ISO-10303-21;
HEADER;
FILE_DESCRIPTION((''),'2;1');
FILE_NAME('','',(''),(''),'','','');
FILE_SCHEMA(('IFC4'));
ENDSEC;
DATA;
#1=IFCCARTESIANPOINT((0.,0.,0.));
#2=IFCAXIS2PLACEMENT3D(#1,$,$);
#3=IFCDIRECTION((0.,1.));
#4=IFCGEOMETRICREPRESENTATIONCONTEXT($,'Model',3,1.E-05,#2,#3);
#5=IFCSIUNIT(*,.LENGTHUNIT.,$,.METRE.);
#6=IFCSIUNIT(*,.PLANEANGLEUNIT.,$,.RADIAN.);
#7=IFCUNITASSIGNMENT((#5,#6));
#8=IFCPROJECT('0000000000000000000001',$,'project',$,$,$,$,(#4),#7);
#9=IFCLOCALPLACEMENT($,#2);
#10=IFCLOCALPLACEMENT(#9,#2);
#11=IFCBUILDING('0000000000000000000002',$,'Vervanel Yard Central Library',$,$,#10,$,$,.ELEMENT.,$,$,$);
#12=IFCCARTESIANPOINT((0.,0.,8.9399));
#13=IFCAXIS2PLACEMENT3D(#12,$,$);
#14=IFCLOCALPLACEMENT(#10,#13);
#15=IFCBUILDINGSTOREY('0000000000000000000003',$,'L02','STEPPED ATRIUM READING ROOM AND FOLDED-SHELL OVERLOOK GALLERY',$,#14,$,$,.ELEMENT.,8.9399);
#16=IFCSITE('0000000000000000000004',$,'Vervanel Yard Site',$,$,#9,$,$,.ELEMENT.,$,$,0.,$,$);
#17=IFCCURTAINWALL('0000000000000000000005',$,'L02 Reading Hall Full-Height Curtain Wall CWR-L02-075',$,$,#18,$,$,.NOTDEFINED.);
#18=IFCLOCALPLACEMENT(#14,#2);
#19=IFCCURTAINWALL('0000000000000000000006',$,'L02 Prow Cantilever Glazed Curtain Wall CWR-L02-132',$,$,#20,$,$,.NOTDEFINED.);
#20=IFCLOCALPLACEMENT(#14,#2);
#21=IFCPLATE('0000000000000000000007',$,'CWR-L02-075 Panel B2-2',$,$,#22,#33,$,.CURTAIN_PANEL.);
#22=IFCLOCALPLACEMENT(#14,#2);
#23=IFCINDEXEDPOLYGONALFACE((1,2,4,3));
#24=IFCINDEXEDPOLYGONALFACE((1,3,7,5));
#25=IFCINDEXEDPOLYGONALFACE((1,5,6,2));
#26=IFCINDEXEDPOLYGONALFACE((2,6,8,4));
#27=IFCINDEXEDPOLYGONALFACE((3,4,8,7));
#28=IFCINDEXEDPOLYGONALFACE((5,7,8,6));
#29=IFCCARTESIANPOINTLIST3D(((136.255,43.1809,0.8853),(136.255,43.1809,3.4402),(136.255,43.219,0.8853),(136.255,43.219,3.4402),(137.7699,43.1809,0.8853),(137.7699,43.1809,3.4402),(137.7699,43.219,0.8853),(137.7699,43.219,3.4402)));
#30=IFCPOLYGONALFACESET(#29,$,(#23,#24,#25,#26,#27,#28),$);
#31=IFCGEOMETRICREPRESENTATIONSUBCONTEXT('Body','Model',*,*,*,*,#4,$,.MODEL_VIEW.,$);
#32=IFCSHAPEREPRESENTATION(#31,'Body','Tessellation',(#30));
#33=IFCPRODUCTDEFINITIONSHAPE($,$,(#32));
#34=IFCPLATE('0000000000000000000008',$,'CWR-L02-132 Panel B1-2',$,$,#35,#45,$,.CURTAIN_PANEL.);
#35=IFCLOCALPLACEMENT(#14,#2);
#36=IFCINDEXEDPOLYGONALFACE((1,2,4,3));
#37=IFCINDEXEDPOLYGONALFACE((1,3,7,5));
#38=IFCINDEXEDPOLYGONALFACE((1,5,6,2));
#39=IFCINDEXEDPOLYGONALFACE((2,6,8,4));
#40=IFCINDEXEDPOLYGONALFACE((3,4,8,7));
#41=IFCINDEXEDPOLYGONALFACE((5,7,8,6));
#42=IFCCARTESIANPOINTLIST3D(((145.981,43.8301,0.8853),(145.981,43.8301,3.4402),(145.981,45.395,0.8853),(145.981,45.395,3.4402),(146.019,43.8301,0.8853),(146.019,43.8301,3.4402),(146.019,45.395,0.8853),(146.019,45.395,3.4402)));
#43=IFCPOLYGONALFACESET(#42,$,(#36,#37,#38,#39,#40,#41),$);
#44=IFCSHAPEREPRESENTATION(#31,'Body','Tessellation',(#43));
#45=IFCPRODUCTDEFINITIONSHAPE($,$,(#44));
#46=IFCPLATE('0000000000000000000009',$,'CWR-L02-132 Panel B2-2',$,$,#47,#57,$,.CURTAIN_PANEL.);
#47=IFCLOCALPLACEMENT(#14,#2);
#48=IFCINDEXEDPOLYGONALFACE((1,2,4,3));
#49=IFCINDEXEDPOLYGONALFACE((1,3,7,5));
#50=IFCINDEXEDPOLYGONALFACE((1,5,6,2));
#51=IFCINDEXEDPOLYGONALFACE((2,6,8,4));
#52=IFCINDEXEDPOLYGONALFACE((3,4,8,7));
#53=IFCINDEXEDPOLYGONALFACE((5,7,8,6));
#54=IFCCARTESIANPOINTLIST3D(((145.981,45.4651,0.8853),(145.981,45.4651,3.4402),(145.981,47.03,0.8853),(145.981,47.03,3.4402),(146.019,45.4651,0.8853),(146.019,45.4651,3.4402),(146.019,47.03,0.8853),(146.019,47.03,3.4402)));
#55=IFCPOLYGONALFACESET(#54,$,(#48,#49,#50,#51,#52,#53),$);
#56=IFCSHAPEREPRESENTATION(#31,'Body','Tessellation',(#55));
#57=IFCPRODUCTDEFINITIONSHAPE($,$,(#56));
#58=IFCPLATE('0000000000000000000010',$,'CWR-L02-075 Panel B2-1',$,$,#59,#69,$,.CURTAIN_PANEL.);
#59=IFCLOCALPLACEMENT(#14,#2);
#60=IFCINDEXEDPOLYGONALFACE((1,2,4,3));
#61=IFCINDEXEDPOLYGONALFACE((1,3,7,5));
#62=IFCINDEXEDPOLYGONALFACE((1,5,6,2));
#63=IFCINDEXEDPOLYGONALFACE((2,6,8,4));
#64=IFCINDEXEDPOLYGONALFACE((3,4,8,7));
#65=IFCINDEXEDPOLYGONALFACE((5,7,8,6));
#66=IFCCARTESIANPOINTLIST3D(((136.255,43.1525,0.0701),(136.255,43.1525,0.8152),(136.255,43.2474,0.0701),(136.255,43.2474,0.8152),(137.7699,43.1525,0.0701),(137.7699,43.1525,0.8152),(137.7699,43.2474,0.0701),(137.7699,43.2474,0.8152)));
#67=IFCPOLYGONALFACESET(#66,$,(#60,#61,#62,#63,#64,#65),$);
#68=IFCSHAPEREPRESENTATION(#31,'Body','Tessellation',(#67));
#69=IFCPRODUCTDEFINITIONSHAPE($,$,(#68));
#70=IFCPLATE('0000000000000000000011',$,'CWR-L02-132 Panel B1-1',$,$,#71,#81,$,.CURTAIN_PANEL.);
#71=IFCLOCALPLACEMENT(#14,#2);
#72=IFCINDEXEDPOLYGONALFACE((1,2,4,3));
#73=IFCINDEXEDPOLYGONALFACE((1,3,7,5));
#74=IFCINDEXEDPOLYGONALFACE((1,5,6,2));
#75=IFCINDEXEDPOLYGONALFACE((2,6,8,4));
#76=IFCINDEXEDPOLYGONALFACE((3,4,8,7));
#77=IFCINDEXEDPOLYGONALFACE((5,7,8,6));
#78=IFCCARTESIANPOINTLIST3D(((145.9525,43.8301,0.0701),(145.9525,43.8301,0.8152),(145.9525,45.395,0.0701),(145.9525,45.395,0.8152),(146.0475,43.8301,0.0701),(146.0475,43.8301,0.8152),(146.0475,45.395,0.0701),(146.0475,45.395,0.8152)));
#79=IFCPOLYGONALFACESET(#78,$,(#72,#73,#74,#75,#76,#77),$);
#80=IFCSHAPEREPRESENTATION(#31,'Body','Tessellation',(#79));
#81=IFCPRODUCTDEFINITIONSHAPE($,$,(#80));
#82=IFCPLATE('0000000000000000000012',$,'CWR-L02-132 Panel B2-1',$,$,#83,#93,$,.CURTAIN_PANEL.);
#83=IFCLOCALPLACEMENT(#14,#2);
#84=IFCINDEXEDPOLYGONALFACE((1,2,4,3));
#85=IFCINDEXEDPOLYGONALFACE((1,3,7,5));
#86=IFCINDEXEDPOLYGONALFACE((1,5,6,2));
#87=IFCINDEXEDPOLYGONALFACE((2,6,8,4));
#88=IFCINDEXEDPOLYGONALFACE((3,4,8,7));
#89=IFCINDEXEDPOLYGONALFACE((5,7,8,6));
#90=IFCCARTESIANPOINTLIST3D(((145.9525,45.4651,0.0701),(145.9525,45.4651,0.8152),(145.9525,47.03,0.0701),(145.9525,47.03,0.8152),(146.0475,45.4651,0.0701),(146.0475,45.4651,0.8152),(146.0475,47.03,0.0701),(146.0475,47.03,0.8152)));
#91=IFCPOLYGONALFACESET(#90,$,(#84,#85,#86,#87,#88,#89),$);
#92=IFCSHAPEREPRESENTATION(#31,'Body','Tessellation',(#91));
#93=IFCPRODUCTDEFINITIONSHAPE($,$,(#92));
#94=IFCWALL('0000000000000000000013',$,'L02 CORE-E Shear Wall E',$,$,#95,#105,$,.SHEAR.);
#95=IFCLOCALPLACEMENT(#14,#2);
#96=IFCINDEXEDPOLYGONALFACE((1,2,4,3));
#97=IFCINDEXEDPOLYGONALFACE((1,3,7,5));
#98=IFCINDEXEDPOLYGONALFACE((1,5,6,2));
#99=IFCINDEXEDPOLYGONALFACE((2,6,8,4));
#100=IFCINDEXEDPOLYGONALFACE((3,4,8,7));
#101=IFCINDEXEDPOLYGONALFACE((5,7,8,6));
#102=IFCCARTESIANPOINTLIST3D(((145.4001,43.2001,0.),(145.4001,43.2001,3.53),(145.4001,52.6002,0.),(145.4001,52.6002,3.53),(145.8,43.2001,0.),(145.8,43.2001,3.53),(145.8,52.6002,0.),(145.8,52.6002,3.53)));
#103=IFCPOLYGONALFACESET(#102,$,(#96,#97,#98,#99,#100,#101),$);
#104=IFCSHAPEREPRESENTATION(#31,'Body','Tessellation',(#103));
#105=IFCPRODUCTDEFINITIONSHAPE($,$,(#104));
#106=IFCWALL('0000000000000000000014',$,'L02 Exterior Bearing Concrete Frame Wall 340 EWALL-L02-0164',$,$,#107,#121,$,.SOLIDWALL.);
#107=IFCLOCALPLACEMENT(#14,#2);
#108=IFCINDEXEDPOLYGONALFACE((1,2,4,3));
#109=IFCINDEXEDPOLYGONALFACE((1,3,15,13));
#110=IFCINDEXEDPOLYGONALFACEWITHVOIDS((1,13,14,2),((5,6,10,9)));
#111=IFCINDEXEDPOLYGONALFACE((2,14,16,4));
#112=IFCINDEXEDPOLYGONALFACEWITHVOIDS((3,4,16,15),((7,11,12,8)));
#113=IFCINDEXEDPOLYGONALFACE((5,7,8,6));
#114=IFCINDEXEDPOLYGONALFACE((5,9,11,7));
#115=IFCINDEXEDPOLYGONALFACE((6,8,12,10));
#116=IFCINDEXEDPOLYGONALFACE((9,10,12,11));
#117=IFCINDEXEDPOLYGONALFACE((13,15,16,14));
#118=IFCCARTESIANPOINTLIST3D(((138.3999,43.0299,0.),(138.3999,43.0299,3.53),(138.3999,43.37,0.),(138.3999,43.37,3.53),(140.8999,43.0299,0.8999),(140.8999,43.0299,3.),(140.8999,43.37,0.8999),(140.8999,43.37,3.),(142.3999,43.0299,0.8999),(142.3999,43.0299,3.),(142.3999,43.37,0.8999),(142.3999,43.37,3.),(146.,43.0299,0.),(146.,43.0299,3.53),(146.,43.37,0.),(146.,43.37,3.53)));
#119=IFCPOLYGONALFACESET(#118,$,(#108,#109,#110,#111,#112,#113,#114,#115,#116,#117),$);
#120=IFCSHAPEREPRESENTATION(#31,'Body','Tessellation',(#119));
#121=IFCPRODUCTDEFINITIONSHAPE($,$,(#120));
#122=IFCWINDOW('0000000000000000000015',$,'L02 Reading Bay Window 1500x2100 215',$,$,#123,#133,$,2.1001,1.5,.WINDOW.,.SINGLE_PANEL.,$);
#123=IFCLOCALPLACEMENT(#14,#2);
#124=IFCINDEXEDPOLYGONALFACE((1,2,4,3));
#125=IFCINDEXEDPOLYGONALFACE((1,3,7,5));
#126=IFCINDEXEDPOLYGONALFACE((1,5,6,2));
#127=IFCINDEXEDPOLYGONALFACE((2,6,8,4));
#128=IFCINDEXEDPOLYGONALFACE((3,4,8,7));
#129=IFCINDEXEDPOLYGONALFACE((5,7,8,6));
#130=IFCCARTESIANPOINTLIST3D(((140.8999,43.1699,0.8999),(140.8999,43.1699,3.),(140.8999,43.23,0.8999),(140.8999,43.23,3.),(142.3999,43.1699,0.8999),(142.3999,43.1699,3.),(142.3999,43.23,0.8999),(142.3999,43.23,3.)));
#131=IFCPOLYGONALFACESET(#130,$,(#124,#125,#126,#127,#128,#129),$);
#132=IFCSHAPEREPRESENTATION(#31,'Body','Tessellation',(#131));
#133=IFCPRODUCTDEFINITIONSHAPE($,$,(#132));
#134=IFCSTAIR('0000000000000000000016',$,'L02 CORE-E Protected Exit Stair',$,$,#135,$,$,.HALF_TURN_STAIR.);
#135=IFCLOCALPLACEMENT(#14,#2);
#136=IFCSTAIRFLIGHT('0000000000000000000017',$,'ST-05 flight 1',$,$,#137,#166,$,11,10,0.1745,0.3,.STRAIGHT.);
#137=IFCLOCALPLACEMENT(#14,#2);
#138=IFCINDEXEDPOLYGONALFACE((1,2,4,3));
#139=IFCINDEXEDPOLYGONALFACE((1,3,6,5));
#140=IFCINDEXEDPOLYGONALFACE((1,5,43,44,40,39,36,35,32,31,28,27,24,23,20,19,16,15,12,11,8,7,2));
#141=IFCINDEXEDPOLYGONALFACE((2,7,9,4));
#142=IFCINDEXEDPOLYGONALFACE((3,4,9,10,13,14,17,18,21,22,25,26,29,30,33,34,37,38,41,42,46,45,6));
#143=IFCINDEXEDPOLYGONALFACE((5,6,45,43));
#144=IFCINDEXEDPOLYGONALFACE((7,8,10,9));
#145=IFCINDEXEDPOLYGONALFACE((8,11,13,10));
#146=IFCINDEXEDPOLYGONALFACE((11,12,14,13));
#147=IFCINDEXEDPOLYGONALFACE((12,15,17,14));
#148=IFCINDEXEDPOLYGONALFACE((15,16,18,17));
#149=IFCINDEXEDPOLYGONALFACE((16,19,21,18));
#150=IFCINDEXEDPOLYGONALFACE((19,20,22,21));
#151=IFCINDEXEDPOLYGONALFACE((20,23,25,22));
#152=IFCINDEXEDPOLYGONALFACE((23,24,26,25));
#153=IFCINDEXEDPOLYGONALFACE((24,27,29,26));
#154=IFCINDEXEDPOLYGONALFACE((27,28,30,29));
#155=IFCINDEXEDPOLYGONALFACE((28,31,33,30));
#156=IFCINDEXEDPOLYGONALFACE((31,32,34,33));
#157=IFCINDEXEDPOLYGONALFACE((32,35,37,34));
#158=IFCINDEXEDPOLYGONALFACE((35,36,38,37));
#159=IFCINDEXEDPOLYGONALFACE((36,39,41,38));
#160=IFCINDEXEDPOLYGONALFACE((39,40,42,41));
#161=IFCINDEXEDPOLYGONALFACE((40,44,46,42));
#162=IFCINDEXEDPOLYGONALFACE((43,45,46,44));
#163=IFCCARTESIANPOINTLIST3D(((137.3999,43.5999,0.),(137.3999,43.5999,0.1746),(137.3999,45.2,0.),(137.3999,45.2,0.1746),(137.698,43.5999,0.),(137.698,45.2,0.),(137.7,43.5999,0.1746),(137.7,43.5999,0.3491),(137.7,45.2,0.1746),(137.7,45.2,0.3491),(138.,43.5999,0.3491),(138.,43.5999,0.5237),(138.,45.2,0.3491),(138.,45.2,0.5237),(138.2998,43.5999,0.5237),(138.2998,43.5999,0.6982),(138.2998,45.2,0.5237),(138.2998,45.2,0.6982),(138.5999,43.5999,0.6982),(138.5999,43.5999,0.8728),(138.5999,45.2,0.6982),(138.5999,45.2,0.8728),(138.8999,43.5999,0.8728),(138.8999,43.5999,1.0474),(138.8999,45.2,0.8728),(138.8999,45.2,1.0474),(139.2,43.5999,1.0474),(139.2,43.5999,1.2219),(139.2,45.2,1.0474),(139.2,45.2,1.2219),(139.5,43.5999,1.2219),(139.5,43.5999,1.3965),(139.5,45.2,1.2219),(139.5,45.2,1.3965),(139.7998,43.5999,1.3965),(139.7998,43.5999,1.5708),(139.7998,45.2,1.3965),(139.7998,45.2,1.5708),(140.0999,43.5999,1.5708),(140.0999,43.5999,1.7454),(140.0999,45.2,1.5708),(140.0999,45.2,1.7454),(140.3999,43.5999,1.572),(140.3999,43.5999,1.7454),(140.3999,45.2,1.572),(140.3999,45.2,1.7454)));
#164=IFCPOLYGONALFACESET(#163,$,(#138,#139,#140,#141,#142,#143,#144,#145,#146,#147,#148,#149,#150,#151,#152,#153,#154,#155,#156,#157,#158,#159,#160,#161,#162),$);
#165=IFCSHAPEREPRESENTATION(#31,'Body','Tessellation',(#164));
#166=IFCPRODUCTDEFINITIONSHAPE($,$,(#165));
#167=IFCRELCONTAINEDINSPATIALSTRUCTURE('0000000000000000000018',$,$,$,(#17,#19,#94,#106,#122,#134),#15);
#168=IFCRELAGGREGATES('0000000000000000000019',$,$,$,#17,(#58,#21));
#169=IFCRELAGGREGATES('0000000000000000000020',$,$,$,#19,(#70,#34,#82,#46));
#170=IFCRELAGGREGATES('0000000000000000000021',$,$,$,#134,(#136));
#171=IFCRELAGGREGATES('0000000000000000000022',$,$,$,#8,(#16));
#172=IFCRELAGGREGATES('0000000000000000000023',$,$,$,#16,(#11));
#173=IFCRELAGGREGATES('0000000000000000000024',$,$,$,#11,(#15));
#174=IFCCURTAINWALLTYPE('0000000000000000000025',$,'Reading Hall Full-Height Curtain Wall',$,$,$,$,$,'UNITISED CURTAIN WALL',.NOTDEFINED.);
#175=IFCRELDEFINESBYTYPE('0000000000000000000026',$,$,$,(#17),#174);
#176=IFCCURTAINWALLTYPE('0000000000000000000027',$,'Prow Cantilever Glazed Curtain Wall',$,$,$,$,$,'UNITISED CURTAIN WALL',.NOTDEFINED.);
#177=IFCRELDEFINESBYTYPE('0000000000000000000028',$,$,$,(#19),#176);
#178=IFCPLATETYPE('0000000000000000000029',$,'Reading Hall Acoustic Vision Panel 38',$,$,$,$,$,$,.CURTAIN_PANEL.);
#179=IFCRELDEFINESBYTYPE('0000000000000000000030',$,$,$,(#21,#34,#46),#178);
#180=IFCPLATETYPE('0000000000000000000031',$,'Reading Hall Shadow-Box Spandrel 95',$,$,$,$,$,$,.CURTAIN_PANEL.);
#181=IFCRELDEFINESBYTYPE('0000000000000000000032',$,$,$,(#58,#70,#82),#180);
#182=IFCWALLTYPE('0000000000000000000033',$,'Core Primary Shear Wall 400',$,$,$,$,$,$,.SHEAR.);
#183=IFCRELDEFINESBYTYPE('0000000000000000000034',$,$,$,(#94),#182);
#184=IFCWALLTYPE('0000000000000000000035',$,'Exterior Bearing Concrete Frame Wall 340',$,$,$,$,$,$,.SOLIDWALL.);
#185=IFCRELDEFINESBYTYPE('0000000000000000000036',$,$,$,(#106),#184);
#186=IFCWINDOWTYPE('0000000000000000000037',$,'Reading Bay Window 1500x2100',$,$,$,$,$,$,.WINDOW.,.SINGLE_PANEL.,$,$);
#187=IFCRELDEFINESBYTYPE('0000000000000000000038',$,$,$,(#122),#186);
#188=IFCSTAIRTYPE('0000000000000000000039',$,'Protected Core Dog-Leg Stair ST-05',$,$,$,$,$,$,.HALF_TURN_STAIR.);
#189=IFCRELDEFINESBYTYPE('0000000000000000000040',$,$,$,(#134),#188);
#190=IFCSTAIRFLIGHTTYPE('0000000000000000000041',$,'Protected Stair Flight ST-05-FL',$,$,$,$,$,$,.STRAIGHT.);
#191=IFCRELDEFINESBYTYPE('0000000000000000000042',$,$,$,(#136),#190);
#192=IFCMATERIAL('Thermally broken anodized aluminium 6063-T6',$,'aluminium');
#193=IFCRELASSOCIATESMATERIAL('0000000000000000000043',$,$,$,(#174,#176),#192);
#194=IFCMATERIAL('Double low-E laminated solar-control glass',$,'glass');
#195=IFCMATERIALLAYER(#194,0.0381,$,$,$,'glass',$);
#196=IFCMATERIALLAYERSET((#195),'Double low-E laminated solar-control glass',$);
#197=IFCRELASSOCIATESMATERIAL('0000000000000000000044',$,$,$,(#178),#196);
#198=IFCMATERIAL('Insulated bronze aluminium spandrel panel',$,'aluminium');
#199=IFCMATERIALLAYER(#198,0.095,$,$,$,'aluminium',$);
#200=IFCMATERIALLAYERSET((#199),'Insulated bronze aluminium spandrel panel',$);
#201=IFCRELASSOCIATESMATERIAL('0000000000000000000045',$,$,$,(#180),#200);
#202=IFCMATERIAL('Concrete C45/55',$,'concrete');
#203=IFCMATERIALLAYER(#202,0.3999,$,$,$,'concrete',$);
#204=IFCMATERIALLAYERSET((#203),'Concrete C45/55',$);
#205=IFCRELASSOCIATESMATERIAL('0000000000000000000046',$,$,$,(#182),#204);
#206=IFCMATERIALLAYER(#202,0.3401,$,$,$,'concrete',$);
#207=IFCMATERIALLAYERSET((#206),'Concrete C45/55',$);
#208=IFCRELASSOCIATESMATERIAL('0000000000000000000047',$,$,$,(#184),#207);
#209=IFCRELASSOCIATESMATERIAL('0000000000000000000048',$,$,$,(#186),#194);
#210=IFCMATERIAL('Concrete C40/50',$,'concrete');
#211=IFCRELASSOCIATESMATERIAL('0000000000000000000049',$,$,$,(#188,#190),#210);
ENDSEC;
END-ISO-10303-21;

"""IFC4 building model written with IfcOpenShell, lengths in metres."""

from ifc_helpers import new_model, si_unit, direction, frame, frame_2d, origin, origin_2d, place, context, subcontext, project, spatial, polyline, rectangle, outline, extrude, material, layer, layer_set, type_object, element, fill, aggregate, save


model = new_model("IFC4")

# Units and contexts
model_context = context("Model", 3, precision=1e-05, world=origin(), true_north=direction((0.0, 1.0)))
body_context = subcontext(model_context, "Body", "Model", "MODEL_VIEW")
ifc_project = project(units=[si_unit("LENGTHUNIT", "METRE"), si_unit("PLANEANGLEUNIT", "RADIAN")], contexts=[model_context])

# Site, building, storey
site_placement = place(None, origin())
site = spatial("IfcSite", under=ifc_project, at=site_placement, Name="Vervanel Yard Site", CompositionType="ELEMENT", RefElevation=0.0)
building_placement = place(site_placement, origin())
building = spatial("IfcBuilding", under=site, at=building_placement, Name="Vervanel Yard Central Library", CompositionType="ELEMENT")
storey_placement = place(building_placement, frame((0.0, 0.0, 8.9399)))
storey = spatial("IfcBuildingStorey", under=building, at=storey_placement, Name="L02", Description="STEPPED ATRIUM READING ROOM AND FOLDED-SHELL OVERLOOK GALLERY", CompositionType="ELEMENT", Elevation=8.9399)

# Shared definitions
ifc_material_1 = material(Name="Concrete C40/50", Category="concrete")

# Curtain wall
ifc_material_2 = material(Name="Thermally broken anodized aluminium 6063-T6", Category="aluminium")
curtain_wall_type_1 = type_object("IfcCurtainWallType", Name="Reading Hall Full-Height Curtain Wall", ElementType="UNITISED CURTAIN WALL", PredefinedType="NOTDEFINED", material=ifc_material_2)
curtain_wall_1_placement = place(storey_placement, origin())
curtain_wall_1 = element("IfcCurtainWall", 1, at=curtain_wall_1_placement, inside=storey, type_object=curtain_wall_type_1, Name="L02 Reading Hall Full-Height Curtain Wall CWR-L02-075", PredefinedType="NOTDEFINED")

# Curtain wall
curtain_wall_type_2 = type_object("IfcCurtainWallType", Name="Prow Cantilever Glazed Curtain Wall", ElementType="UNITISED CURTAIN WALL", PredefinedType="NOTDEFINED", material=ifc_material_2)
curtain_wall_2_placement = place(storey_placement, origin())
curtain_wall_2 = element("IfcCurtainWall", 2, at=curtain_wall_2_placement, inside=storey, type_object=curtain_wall_type_2, Name="L02 Prow Cantilever Glazed Curtain Wall CWR-L02-132", PredefinedType="NOTDEFINED")

# Plates
ifc_material_3 = material(Name="Double low-E laminated solar-control glass", Category="glass")
ifc_layer_1 = layer(ifc_material_3, 0.0381, Category="glass")
ifc_layer_set_1 = layer_set([ifc_layer_1], Name="Double low-E laminated solar-control glass")
plate_type_1 = type_object("IfcPlateType", Name="Reading Hall Acoustic Vision Panel 38", PredefinedType="CURTAIN_PANEL", material=ifc_layer_set_1)
plate_1_placement = place(storey_placement, frame((137.0125, 43.2, 0.8853), z_axis=(0.0, 0.0, 1.0), x_axis=(1.0, 0.0, 0.0)))
plate_1 = element("IfcPlate", 3, at=plate_1_placement, type_object=plate_type_1, Name="CWR-L02-075 Panel B2-2", PredefinedType="CURTAIN_PANEL", context=body_context, shape_type="SweptSolid", body=[
    extrude(rectangle(XDim=1.5149, YDim=0.0381, at=origin_2d()), origin(), (0.0, 0.0, 1.0), 2.5549),
])
plate_2_placement = place(storey_placement, frame((146.0, 44.6125, 0.8853), z_axis=(0.0, 0.0, 1.0), x_axis=(0.0, 1.0, 0.0)))
plate_2 = element("IfcPlate", 4, at=plate_2_placement, type_object=plate_type_1, Name="CWR-L02-132 Panel B1-2", PredefinedType="CURTAIN_PANEL", context=body_context, shape_type="SweptSolid", body=[
    extrude(rectangle(XDim=1.5649, YDim=0.0381, at=origin_2d()), origin(), (0.0, 0.0, 1.0), 2.5549),
])
plate_3_placement = place(storey_placement, frame((146.0, 46.2476, 0.8853), z_axis=(0.0, 0.0, 1.0), x_axis=(0.0, 1.0, 0.0)))
plate_3 = element("IfcPlate", 5, at=plate_3_placement, type_object=plate_type_1, Name="CWR-L02-132 Panel B2-2", PredefinedType="CURTAIN_PANEL", context=body_context, shape_type="SweptSolid", body=[
    extrude(rectangle(XDim=1.5649, YDim=0.0381, at=origin_2d()), origin(), (0.0, 0.0, 1.0), 2.5549),
])
ifc_material_4 = material(Name="Insulated bronze aluminium spandrel panel", Category="aluminium")
ifc_layer_2 = layer(ifc_material_4, 0.095, Category="aluminium")
ifc_layer_set_2 = layer_set([ifc_layer_2], Name="Insulated bronze aluminium spandrel panel")
plate_type_2 = type_object("IfcPlateType", Name="Reading Hall Shadow-Box Spandrel 95", PredefinedType="CURTAIN_PANEL", material=ifc_layer_set_2)
plate_4_placement = place(storey_placement, frame((137.0125, 43.2, 0.0701), z_axis=(0.0, 0.0, 1.0), x_axis=(1.0, 0.0, 0.0)))
plate_4 = element("IfcPlate", 6, at=plate_4_placement, type_object=plate_type_2, Name="CWR-L02-075 Panel B2-1", PredefinedType="CURTAIN_PANEL", context=body_context, shape_type="SweptSolid", body=[
    extrude(rectangle(XDim=1.5149, YDim=0.095, at=origin_2d()), origin(), (0.0, 0.0, 1.0), 0.7451),
])
aggregate(curtain_wall_1, [plate_4, plate_1])
plate_5_placement = place(storey_placement, frame((146.0, 44.6125, 0.0701), z_axis=(0.0, 0.0, 1.0), x_axis=(0.0, 1.0, 0.0)))
plate_5 = element("IfcPlate", 7, at=plate_5_placement, type_object=plate_type_2, Name="CWR-L02-132 Panel B1-1", PredefinedType="CURTAIN_PANEL", context=body_context, shape_type="SweptSolid", body=[
    extrude(rectangle(XDim=1.5649, YDim=0.095, at=origin_2d()), origin(), (0.0, 0.0, 1.0), 0.7451),
])
plate_6_placement = place(storey_placement, frame((146.0, 46.2476, 0.0701), z_axis=(0.0, 0.0, 1.0), x_axis=(0.0, 1.0, 0.0)))
plate_6 = element("IfcPlate", 8, at=plate_6_placement, type_object=plate_type_2, Name="CWR-L02-132 Panel B2-1", PredefinedType="CURTAIN_PANEL", context=body_context, shape_type="SweptSolid", body=[
    extrude(rectangle(XDim=1.5649, YDim=0.095, at=origin_2d()), origin(), (0.0, 0.0, 1.0), 0.7451),
])
aggregate(curtain_wall_2, [plate_5, plate_2, plate_6, plate_3])

# Wall
ifc_material_5 = material(Name="Concrete C45/55", Category="concrete")
ifc_layer_3 = layer(ifc_material_5, 0.3999, Category="concrete")
ifc_layer_set_3 = layer_set([ifc_layer_3], Name="Concrete C45/55")
wall_type_1 = type_object("IfcWallType", Name="Core Primary Shear Wall 400", PredefinedType="SHEAR", material=ifc_layer_set_3)
wall_1_placement = place(storey_placement, frame((145.6001, 43.2, 0.0), z_axis=(0.0, 0.0, 1.0), x_axis=(0.0, 1.0, 0.0)))
element("IfcWall", 9, at=wall_1_placement, inside=storey, type_object=wall_type_1, Name="L02 CORE-E Shear Wall E", PredefinedType="SHEAR", context=body_context, shape_type="SweptSolid", body=[
    extrude(rectangle(XDim=9.4001, YDim=0.3999, at=frame_2d((4.7002, 0.0))), origin(), (0.0, 0.0, 1.0), 3.53),
])

# Wall, opening, window
ifc_layer_4 = layer(ifc_material_5, 0.3401, Category="concrete")
ifc_layer_set_4 = layer_set([ifc_layer_4], Name="Concrete C45/55")
wall_type_2 = type_object("IfcWallType", Name="Exterior Bearing Concrete Frame Wall 340", PredefinedType="SOLIDWALL", material=ifc_layer_set_4)
wall_2_placement = place(storey_placement, frame((138.3999, 43.2, 0.0), z_axis=(0.0, 0.0, 1.0), x_axis=(1.0, 0.0, 0.0)))
wall_2 = element("IfcWall", 10, at=wall_2_placement, inside=storey, type_object=wall_type_2, Name="L02 Exterior Bearing Concrete Frame Wall 340 EWALL-L02-0164", PredefinedType="SOLIDWALL", context=body_context, shape_type="SweptSolid", body=[
    extrude(rectangle(XDim=7.6001, YDim=0.3401, at=frame_2d((3.8, 0.0))), origin(), (0.0, 0.0, 1.0), 3.53),
])
opening_placement = place(wall_2_placement, frame((2.5, 0.0, 0.8999)))
opening = element("IfcOpeningElement", 11, at=opening_placement, cuts=wall_2, PredefinedType="OPENING", context=body_context, shape_type="SweptSolid", body=[
    extrude(rectangle(XDim=1.5, YDim=2.1001, at=frame_2d((0.75, 1.05))), frame((0.0, 0.1799, 0.0), z_axis=(0.0, -1.0, 0.0), x_axis=(1.0, 0.0, 0.0)), (0.0, 0.0, 1.0), 0.3601),
])
window_type = type_object("IfcWindowType", Name="Reading Bay Window 1500x2100", PartitioningType="SINGLE_PANEL", PredefinedType="WINDOW", material=ifc_material_3)
window_placement = place(opening_placement, origin())
window = element("IfcWindow", 12, at=window_placement, inside=storey, type_object=window_type, Name="L02 Reading Bay Window 1500x2100 215", OverallHeight=2.1001, OverallWidth=1.5, PartitioningType="SINGLE_PANEL", PredefinedType="WINDOW", context=body_context, shape_type="SweptSolid", body=[
    extrude(rectangle(XDim=1.5, YDim=2.1001, at=frame_2d((0.75, 1.05))), frame((0.0, 0.03, 0.0), z_axis=(0.0, -1.0, 0.0), x_axis=(1.0, 0.0, 0.0)), (0.0, 0.0, 1.0), 0.0601),
])
fill(opening, window)

# Stair, stair flight
stair_type = type_object("IfcStairType", Name="Protected Core Dog-Leg Stair ST-05", PredefinedType="HALF_TURN_STAIR", material=ifc_material_1)
stair_placement = place(storey_placement, origin())
stair = element("IfcStair", 13, at=stair_placement, inside=storey, type_object=stair_type, Name="L02 CORE-E Protected Exit Stair", PredefinedType="HALF_TURN_STAIR")
stair_flight_type = type_object("IfcStairFlightType", Name="Protected Stair Flight ST-05-FL", PredefinedType="STRAIGHT", material=ifc_material_1)
stair_flight_1_placement = place(storey_placement, frame((137.3999, 44.3999, 0.0), z_axis=(0.0, 0.0, 1.0), x_axis=(1.0, 0.0, 0.0)))
stair_flight_1 = element("IfcStairFlight", 14, at=stair_flight_1_placement, type_object=stair_flight_type, Name="ST-05 flight 1", NumberOfRisers=11, NumberOfTreads=10, PredefinedType="STRAIGHT", RiserHeight=0.1745, TreadLength=0.3, context=body_context, shape_type="SweptSolid", body=[
    extrude(outline(polyline([(0.0, 0.0), (0.0, 0.1746), (0.3, 0.1746), (0.3, 0.3491), (0.6001, 0.3491), (0.6001, 0.5237), (0.8999, 0.5237), (0.8999, 0.6982), (1.2, 0.6982), (1.2, 0.8728), (1.5, 0.8728), (1.5, 1.0474), (1.8, 1.0474), (1.8, 1.2219), (2.1001, 1.2219), (2.1001, 1.3965), (2.3999, 1.3965), (2.3999, 1.5708), (2.7, 1.5708), (2.7, 1.7454), (3.0, 1.7454), (3.0, 1.9199), (3.0, 1.572), (0.2981, 0.0), (0.0, 0.0)])), frame((0.0, 0.8, 0.0), z_axis=(0.0, -1.0, 0.0), x_axis=(1.0, 0.0, 0.0)), (0.0, 0.0, 1.0), 1.6001),
])
aggregate(stair, [stair_flight_1])

save(model, "model.ifc")
